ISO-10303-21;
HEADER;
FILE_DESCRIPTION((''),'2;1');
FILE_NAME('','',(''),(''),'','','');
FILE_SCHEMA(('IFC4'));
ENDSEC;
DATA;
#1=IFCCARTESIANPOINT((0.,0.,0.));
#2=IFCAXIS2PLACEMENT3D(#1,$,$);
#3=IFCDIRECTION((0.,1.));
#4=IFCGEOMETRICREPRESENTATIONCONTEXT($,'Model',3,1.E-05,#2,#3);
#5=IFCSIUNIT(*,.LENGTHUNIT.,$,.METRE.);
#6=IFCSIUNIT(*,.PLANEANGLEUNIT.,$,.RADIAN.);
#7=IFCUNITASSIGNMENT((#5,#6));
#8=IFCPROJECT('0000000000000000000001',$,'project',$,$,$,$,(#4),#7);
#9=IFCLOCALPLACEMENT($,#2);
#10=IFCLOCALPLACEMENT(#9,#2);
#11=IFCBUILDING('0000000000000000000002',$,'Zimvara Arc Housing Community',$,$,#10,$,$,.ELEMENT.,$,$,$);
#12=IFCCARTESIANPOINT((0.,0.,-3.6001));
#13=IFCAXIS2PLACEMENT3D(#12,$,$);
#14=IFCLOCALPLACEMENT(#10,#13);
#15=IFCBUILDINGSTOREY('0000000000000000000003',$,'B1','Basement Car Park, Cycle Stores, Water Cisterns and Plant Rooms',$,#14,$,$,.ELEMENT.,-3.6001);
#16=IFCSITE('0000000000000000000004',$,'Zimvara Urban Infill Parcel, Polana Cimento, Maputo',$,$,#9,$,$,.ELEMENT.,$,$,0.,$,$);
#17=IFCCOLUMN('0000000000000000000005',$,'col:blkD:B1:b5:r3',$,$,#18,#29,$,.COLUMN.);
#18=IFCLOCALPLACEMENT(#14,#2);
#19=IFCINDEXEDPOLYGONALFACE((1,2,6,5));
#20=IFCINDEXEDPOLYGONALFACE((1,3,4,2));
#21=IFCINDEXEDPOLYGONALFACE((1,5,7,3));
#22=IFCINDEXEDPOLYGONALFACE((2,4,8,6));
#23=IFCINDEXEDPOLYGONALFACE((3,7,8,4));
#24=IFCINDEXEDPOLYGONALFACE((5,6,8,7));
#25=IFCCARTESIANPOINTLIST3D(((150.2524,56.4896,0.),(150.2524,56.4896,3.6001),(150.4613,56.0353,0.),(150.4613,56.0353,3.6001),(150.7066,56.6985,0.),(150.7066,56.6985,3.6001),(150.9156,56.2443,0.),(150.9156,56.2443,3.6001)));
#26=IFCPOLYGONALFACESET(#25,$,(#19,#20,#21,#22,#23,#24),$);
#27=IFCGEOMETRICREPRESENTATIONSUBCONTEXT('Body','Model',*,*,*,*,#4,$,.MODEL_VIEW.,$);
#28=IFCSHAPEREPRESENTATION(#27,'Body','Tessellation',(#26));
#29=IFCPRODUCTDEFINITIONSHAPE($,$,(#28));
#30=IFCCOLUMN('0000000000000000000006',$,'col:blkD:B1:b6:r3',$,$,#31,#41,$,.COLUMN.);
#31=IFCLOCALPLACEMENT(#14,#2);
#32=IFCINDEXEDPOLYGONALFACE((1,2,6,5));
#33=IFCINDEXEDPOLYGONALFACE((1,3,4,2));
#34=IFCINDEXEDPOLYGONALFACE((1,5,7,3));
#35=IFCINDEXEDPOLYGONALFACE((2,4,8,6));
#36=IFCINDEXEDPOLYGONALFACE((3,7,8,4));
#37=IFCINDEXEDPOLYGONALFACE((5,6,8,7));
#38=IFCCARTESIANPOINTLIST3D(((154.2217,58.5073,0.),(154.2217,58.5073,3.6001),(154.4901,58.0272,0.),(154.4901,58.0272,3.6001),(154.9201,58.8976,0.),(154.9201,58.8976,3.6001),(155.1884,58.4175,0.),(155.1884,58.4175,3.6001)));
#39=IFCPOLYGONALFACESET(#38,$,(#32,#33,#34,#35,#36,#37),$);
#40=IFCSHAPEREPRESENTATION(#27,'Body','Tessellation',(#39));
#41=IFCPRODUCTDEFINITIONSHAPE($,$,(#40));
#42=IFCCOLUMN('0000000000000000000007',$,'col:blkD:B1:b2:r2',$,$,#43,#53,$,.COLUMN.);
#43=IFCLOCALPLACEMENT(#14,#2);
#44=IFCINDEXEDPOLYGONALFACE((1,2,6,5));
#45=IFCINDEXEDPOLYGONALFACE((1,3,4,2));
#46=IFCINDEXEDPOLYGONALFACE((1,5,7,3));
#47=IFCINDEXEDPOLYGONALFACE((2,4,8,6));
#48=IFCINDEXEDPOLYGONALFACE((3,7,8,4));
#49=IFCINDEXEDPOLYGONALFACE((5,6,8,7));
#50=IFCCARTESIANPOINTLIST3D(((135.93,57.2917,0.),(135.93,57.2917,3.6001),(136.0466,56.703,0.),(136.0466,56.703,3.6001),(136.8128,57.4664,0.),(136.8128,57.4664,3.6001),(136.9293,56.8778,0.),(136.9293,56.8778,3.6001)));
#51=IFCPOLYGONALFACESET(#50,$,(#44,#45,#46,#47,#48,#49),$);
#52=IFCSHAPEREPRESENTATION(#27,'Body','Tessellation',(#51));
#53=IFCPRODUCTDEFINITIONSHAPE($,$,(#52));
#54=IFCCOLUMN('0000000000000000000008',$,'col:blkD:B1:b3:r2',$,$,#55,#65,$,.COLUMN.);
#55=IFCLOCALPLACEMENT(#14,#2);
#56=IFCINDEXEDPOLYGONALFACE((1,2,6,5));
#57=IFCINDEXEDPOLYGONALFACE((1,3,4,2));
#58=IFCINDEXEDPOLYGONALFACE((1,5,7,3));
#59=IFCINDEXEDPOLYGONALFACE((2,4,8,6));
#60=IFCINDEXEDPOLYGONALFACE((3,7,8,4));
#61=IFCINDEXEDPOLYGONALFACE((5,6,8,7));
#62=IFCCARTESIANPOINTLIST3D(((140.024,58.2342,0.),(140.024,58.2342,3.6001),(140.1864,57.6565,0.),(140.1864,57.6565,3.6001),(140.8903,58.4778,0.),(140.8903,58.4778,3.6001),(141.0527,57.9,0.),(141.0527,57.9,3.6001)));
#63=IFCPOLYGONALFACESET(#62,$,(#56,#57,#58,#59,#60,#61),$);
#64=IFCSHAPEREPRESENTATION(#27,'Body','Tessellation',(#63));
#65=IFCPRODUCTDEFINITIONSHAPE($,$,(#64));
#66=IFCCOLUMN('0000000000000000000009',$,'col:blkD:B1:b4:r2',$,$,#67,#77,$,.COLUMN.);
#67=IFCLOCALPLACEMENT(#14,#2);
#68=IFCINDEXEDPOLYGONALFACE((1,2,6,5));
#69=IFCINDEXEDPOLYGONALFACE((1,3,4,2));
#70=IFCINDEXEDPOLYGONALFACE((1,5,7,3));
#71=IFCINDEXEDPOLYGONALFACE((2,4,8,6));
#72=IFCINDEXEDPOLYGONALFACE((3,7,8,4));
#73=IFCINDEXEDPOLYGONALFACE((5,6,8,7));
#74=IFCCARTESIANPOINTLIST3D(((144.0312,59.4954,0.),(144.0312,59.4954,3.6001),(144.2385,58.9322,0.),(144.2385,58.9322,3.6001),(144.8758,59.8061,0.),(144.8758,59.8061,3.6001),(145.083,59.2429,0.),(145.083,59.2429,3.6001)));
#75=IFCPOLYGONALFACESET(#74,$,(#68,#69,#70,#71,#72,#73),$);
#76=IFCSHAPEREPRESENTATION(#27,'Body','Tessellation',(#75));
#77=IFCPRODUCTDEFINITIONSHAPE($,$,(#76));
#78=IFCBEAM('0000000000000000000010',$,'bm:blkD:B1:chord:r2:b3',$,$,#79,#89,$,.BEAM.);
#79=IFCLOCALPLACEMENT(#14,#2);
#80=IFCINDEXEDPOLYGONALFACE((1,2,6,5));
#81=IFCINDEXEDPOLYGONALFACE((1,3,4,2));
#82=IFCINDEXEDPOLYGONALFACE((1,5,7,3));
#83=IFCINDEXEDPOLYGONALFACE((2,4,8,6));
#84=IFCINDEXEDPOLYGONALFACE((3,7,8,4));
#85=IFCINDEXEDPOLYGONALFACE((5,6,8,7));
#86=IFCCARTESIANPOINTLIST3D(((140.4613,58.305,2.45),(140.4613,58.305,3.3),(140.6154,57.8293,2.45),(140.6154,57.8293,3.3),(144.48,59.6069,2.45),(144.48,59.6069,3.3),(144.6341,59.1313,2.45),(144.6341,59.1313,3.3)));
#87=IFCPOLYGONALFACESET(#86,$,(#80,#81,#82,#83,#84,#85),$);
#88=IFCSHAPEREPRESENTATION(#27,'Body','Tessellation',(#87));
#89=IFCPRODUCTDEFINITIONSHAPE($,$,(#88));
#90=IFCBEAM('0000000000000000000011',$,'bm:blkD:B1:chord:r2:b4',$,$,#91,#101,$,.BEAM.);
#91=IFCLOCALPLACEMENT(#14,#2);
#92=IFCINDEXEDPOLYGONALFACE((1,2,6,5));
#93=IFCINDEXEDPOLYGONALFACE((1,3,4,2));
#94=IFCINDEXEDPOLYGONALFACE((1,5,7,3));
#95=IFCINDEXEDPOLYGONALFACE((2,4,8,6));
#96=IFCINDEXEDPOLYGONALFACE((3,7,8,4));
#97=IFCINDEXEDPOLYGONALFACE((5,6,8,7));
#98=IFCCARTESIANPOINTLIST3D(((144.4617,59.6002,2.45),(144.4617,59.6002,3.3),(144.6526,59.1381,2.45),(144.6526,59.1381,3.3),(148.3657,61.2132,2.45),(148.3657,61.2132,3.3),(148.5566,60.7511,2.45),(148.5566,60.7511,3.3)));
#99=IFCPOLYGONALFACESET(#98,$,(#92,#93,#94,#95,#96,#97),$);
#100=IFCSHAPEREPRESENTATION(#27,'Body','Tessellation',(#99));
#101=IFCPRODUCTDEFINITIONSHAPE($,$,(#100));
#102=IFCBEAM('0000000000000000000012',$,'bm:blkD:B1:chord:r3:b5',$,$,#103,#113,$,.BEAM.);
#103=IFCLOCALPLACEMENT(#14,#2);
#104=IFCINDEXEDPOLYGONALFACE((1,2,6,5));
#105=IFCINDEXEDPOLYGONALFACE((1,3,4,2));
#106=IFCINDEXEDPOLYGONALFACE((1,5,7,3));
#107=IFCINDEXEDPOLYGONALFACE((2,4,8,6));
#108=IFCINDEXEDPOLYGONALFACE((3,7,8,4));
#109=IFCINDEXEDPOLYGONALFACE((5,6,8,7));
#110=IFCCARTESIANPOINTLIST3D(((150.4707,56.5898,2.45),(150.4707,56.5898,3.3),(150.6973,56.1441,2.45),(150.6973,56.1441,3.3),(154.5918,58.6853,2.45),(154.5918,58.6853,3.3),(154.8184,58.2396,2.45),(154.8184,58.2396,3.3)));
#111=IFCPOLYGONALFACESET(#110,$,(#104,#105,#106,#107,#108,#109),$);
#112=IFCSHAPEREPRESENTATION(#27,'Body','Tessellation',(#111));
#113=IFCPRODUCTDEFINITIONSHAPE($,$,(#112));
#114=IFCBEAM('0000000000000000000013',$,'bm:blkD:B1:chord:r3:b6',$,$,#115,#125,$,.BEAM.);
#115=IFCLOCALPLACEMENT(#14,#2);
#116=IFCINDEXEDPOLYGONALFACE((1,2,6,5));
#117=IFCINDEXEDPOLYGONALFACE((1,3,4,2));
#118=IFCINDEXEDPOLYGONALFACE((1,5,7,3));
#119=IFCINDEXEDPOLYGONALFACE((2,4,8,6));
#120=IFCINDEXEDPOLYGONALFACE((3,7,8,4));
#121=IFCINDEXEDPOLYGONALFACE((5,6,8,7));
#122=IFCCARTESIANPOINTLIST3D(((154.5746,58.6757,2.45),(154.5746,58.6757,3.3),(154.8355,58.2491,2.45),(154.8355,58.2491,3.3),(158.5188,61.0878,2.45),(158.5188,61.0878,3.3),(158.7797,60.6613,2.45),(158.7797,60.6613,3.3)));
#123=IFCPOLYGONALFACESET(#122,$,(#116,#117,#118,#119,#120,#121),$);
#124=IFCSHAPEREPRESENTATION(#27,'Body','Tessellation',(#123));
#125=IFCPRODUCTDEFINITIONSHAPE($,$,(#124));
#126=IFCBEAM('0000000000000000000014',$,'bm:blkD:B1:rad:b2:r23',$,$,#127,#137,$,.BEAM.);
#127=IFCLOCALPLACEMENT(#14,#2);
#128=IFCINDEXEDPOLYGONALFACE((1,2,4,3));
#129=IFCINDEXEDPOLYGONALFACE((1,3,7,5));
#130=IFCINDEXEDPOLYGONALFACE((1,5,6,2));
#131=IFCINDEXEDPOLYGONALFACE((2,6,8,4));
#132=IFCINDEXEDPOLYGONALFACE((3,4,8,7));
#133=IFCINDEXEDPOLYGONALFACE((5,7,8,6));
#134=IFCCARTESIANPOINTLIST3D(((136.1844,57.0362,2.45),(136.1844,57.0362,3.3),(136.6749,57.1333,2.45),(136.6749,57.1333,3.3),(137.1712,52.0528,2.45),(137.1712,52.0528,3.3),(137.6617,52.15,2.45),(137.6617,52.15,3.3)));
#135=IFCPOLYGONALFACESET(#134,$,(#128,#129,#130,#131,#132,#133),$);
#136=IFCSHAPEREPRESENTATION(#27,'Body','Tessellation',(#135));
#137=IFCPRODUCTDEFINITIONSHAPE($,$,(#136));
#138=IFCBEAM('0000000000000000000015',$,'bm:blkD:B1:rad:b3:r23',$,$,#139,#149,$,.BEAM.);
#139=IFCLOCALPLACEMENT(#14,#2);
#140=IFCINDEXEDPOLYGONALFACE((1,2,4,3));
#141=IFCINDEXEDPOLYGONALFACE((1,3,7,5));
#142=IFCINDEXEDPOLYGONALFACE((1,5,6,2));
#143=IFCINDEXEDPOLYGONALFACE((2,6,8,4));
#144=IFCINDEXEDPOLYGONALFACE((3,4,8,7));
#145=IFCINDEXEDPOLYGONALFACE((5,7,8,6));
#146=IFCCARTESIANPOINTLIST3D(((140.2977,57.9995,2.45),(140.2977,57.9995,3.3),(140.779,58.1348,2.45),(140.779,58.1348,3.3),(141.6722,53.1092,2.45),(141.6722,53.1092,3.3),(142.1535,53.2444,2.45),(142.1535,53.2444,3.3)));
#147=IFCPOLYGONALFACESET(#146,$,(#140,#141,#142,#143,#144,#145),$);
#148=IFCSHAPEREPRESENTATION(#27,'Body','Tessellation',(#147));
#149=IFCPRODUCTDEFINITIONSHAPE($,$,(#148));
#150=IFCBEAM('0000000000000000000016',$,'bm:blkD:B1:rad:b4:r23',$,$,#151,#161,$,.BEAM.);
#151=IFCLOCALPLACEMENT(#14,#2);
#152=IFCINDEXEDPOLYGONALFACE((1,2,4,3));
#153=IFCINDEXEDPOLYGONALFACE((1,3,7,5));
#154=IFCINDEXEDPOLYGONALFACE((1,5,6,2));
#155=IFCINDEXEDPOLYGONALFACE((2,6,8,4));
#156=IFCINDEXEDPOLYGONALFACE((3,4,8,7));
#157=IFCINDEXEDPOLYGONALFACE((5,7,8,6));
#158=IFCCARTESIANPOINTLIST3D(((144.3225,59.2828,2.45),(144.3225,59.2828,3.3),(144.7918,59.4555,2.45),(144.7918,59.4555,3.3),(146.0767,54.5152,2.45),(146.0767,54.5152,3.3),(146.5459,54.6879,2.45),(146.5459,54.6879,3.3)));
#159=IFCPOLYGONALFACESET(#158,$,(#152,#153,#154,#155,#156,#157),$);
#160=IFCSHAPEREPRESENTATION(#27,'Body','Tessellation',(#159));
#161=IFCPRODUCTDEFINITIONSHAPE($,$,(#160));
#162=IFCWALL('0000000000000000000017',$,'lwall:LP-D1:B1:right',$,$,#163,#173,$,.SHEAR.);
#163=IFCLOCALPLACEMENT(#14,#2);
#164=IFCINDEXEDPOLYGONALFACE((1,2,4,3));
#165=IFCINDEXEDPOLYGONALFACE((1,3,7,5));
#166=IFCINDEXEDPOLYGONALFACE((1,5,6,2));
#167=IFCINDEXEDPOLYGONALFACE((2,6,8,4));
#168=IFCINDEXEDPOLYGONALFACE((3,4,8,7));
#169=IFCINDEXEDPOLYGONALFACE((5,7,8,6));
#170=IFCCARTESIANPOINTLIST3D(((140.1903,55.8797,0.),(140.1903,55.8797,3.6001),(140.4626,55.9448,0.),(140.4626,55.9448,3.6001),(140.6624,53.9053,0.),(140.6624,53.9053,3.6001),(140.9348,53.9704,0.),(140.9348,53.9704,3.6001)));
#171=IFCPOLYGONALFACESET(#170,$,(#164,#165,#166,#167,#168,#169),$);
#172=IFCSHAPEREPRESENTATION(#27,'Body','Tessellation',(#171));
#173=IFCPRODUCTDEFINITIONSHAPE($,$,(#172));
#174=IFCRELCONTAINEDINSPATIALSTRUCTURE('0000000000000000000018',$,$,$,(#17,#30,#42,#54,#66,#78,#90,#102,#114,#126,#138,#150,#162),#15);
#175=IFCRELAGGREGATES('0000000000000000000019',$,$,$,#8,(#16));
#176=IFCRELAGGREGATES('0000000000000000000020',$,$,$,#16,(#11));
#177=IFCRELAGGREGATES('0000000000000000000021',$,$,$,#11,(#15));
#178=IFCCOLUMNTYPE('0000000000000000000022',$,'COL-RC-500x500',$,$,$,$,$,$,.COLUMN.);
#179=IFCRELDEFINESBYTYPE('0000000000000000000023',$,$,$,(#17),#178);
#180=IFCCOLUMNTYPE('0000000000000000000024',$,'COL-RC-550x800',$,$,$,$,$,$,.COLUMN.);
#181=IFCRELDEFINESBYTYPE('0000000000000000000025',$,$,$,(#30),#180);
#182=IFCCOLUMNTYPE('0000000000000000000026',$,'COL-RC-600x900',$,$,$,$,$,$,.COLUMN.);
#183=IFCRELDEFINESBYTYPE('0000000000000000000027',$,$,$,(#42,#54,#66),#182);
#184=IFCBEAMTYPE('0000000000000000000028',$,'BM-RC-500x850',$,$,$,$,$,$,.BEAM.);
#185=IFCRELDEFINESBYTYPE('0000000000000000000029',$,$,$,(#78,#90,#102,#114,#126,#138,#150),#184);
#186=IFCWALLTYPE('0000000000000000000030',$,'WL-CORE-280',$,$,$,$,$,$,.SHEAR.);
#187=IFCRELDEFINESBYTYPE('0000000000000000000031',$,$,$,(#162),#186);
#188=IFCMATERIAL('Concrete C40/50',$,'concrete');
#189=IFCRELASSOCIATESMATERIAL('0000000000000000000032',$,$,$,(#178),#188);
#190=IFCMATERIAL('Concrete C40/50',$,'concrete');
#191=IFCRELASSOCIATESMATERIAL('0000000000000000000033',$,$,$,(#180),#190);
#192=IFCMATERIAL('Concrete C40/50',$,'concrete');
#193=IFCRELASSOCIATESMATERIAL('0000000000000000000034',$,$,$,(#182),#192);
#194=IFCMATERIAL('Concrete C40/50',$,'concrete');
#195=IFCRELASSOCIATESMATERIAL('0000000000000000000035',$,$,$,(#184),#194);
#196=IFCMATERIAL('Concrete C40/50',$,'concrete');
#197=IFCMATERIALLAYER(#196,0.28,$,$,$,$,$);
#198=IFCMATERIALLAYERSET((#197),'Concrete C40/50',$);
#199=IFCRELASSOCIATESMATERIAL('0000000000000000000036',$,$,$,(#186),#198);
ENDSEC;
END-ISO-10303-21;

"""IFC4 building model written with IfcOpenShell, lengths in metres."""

from ifc_helpers import new_model, si_unit, direction, frame, frame_2d, origin, origin_2d, place, context, subcontext, project, spatial, rectangle, extrude, material, layer, layer_set, material_profile, profile_set, type_object, element, save


model = new_model("IFC4")

# Units and contexts
model_context = context("Model", 3, precision=1e-05, world=origin(), true_north=direction((0.0, 1.0)))
body_context = subcontext(model_context, "Body", "Model", "MODEL_VIEW")
ifc_project = project(units=[si_unit("LENGTHUNIT", "METRE"), si_unit("PLANEANGLEUNIT", "RADIAN")], contexts=[model_context])

# Site, building, storey
site_placement = place(None, origin())
site = spatial("IfcSite", under=ifc_project, at=site_placement, Name="Zimvara Urban Infill Parcel, Polana Cimento, Maputo", CompositionType="ELEMENT", RefElevation=0.0)
building_placement = place(site_placement, origin())
building = spatial("IfcBuilding", under=site, at=building_placement, Name="Zimvara Arc Housing Community", CompositionType="ELEMENT")
storey_placement = place(building_placement, frame((0.0, 0.0, -3.6001)))
storey = spatial("IfcBuildingStorey", under=building, at=storey_placement, Name="B1", Description="Basement Car Park, Cycle Stores, Water Cisterns and Plant Rooms", CompositionType="ELEMENT", Elevation=-3.6001)

# Columns
ifc_material_1 = material(Name="Concrete C40/50", Category="concrete")
ifc_material_profile_1 = material_profile(ifc_material_1, rectangle(XDim=0.5, YDim=0.5, at=origin_2d()), Name="RC 500x500")
ifc_profile_set_1 = profile_set([ifc_material_profile_1], Name="Concrete C40/50")
column_type_1 = type_object("IfcColumnType", Name="COL-RC-500x500", PredefinedType="COLUMN", material=ifc_profile_set_1)
column_1_placement = place(storey_placement, frame((150.584, 56.3669, 0.0), z_axis=(0.0, 0.0, 1.0), x_axis=(0.417867, -0.908508, 0.0)))
element("IfcColumn", 1, at=column_1_placement, inside=storey, type_object=column_type_1, Name="col:blkD:B1:b5:r3", PredefinedType="COLUMN", context=body_context, shape_type="SweptSolid", body=[
    extrude(rectangle(XDim=0.5, YDim=0.5, at=origin_2d()), origin(), (0.0, 0.0, 1.0), 3.6001),
])
ifc_material_2 = material(Name="Concrete C40/50", Category="concrete")
ifc_material_profile_2 = material_profile(ifc_material_2, rectangle(XDim=0.55, YDim=0.8, at=origin_2d()), Name="RC 550x800")
ifc_profile_set_2 = profile_set([ifc_material_profile_2], Name="Concrete C40/50")
column_type_2 = type_object("IfcColumnType", Name="COL-RC-550x800", PredefinedType="COLUMN", material=ifc_profile_set_2)
column_2_placement = place(storey_placement, frame((154.7051, 58.4624, 0.0), z_axis=(0.0, 0.0, 1.0), x_axis=(0.48786, -0.872922, 0.0)))
element("IfcColumn", 2, at=column_2_placement, inside=storey, type_object=column_type_2, Name="col:blkD:B1:b6:r3", PredefinedType="COLUMN", context=body_context, shape_type="SweptSolid", body=[
    extrude(rectangle(XDim=0.55, YDim=0.8, at=origin_2d()), origin(), (0.0, 0.0, 1.0), 3.6001),
])
ifc_material_3 = material(Name="Concrete C40/50", Category="concrete")
ifc_material_profile_3 = material_profile(ifc_material_3, rectangle(XDim=0.6001, YDim=0.8999, at=origin_2d()), Name="RC 600x900")
ifc_profile_set_3 = profile_set([ifc_material_profile_3], Name="Concrete C40/50")
column_type_3 = type_object("IfcColumnType", Name="COL-RC-600x900", PredefinedType="COLUMN", material=ifc_profile_set_3)
for number, where, z_axis, x_axis, name in (
    (3, (136.4297, 57.0847, 0.0), (0.0, 0.0, 1.0), (0.194234, -0.980955, 0.0), "col:blkD:B1:b2:r2"),
    (4, (140.5383, 58.0671, 0.0), (0.0, 0.0, 1.0), (0.2706, -0.962692, 0.0), "col:blkD:B1:b3:r2"),
    (5, (144.5571, 59.3691, 0.0), (0.0, 0.0, 1.0), (0.345298, -0.938493, 0.0), "col:blkD:B1:b4:r2"),
):
    element("IfcColumn", number, at=place(storey_placement, frame(where, z_axis=z_axis, x_axis=x_axis)), inside=storey, type_object=column_type_3, Name=name, PredefinedType="COLUMN", context=body_context, shape_type="SweptSolid", body=[
        extrude(rectangle(XDim=0.6001, YDim=0.8999, at=origin_2d()), origin(), (0.0, 0.0, 1.0), 3.6001),
    ])

# Beams
ifc_material_4 = material(Name="Concrete C40/50", Category="concrete")
ifc_material_profile_4 = material_profile(ifc_material_4, rectangle(XDim=0.5, YDim=0.8501, at=origin_2d()), Name="RC 500x850")
ifc_profile_set_4 = profile_set([ifc_material_profile_4], Name="Concrete C40/50")
beam_type = type_object("IfcBeamType", Name="BM-RC-500x850", PredefinedType="BEAM", material=ifc_profile_set_4)
beam_1_placement = place(storey_placement, frame((140.5383, 58.0671, 2.875), z_axis=(0.951319, 0.308206, 0.0), x_axis=(-0.308206, 0.951319, 0.0)))
element("IfcBeam", 6, at=beam_1_placement, inside=storey, type_object=beam_type, Name="bm:blkD:B1:chord:r2:b3", PredefinedType="BEAM", context=body_context, shape_type="SweptSolid", body=[
    extrude(rectangle(XDim=0.5, YDim=0.8501, at=origin_2d()), origin(), (0.0, 0.0, 1.0), 4.2244),
])
beam_2_placement = place(storey_placement, frame((144.5571, 59.3691, 2.875), z_axis=(0.92422, 0.38186, 0.0), x_axis=(-0.38186, 0.92422, 0.0)))
element("IfcBeam", 7, at=beam_2_placement, inside=storey, type_object=beam_type, Name="bm:blkD:B1:chord:r2:b4", PredefinedType="BEAM", context=body_context, shape_type="SweptSolid", body=[
    extrude(rectangle(XDim=0.5, YDim=0.8501, at=origin_2d()), origin(), (0.0, 0.0, 1.0), 4.2241),
])
for number, where, z_axis, x_axis, name in (
    (8, (150.584, 56.3669, 2.875), (0.891386, 0.453245, 0.0), (-0.453245, 0.891386, 0.0), "bm:blkD:B1:chord:r3:b5"),
    (9, (154.7051, 58.4624, 2.875), (0.853106, 0.521738, 0.0), (-0.521738, 0.853106, 0.0), "bm:blkD:B1:chord:r3:b6"),
):
    element("IfcBeam", number, at=place(storey_placement, frame(where, z_axis=z_axis, x_axis=x_axis)), inside=storey, type_object=beam_type, Name=name, PredefinedType="BEAM", context=body_context, shape_type="SweptSolid", body=[
        extrude(rectangle(XDim=0.5, YDim=0.8501, at=origin_2d()), origin(), (0.0, 0.0, 1.0), 4.6233),
    ])
beam_3_placement = place(storey_placement, frame((136.4297, 57.0847, 2.875), z_axis=(0.194249, -0.980952, 0.0), x_axis=(0.980952, 0.194249, 0.0)))
element("IfcBeam", 10, at=beam_3_placement, inside=storey, type_object=beam_type, Name="bm:blkD:B1:rad:b2:r23", PredefinedType="BEAM", context=body_context, shape_type="SweptSolid", body=[
    extrude(rectangle(XDim=0.5, YDim=0.8501, at=origin_2d()), origin(), (0.0, 0.0, 1.0), 5.0801),
])
beam_4_placement = place(storey_placement, frame((140.5383, 58.0671, 2.875), z_axis=(0.27058, -0.962698, 0.0), x_axis=(0.962698, 0.27058, 0.0)))
element("IfcBeam", 11, at=beam_4_placement, inside=storey, type_object=beam_type, Name="bm:blkD:B1:rad:b3:r23", PredefinedType="BEAM", context=body_context, shape_type="SweptSolid", body=[
    extrude(rectangle(XDim=0.5, YDim=0.8501, at=origin_2d()), origin(), (0.0, 0.0, 1.0), 5.0798),
])
beam_5_placement = place(storey_placement, frame((144.5571, 59.3691, 2.875), z_axis=(0.345302, -0.938492, 0.0), x_axis=(0.938492, 0.345302, 0.0)))
element("IfcBeam", 12, at=beam_5_placement, inside=storey, type_object=beam_type, Name="bm:blkD:B1:rad:b4:r23", PredefinedType="BEAM", context=body_context, shape_type="SweptSolid", body=[
    extrude(rectangle(XDim=0.5, YDim=0.8501, at=origin_2d()), origin(), (0.0, 0.0, 1.0), 5.0801),
])

# Wall
ifc_material_5 = material(Name="Concrete C40/50", Category="concrete")
ifc_layer = layer(ifc_material_5, 0.28)
ifc_layer_set = layer_set([ifc_layer], Name="Concrete C40/50")
wall_type = type_object("IfcWallType", Name="WL-CORE-280", PredefinedType="SHEAR", material=ifc_layer_set)
wall_placement = place(storey_placement, frame((140.3264, 55.9124, 0.0), z_axis=(0.0, 0.0, 1.0), x_axis=(0.232591, -0.972575, 0.0)))
element("IfcWall", 13, at=wall_placement, inside=storey, type_object=wall_type, Name="lwall:LP-D1:B1:right", PredefinedType="SHEAR", context=body_context, shape_type="SweptSolid", body=[
    extrude(rectangle(XDim=2.03, YDim=0.28, at=frame_2d((1.0151, 0.0))), origin(), (0.0, 0.0, 1.0), 3.6001),
])

save(model, "model.ifc")
